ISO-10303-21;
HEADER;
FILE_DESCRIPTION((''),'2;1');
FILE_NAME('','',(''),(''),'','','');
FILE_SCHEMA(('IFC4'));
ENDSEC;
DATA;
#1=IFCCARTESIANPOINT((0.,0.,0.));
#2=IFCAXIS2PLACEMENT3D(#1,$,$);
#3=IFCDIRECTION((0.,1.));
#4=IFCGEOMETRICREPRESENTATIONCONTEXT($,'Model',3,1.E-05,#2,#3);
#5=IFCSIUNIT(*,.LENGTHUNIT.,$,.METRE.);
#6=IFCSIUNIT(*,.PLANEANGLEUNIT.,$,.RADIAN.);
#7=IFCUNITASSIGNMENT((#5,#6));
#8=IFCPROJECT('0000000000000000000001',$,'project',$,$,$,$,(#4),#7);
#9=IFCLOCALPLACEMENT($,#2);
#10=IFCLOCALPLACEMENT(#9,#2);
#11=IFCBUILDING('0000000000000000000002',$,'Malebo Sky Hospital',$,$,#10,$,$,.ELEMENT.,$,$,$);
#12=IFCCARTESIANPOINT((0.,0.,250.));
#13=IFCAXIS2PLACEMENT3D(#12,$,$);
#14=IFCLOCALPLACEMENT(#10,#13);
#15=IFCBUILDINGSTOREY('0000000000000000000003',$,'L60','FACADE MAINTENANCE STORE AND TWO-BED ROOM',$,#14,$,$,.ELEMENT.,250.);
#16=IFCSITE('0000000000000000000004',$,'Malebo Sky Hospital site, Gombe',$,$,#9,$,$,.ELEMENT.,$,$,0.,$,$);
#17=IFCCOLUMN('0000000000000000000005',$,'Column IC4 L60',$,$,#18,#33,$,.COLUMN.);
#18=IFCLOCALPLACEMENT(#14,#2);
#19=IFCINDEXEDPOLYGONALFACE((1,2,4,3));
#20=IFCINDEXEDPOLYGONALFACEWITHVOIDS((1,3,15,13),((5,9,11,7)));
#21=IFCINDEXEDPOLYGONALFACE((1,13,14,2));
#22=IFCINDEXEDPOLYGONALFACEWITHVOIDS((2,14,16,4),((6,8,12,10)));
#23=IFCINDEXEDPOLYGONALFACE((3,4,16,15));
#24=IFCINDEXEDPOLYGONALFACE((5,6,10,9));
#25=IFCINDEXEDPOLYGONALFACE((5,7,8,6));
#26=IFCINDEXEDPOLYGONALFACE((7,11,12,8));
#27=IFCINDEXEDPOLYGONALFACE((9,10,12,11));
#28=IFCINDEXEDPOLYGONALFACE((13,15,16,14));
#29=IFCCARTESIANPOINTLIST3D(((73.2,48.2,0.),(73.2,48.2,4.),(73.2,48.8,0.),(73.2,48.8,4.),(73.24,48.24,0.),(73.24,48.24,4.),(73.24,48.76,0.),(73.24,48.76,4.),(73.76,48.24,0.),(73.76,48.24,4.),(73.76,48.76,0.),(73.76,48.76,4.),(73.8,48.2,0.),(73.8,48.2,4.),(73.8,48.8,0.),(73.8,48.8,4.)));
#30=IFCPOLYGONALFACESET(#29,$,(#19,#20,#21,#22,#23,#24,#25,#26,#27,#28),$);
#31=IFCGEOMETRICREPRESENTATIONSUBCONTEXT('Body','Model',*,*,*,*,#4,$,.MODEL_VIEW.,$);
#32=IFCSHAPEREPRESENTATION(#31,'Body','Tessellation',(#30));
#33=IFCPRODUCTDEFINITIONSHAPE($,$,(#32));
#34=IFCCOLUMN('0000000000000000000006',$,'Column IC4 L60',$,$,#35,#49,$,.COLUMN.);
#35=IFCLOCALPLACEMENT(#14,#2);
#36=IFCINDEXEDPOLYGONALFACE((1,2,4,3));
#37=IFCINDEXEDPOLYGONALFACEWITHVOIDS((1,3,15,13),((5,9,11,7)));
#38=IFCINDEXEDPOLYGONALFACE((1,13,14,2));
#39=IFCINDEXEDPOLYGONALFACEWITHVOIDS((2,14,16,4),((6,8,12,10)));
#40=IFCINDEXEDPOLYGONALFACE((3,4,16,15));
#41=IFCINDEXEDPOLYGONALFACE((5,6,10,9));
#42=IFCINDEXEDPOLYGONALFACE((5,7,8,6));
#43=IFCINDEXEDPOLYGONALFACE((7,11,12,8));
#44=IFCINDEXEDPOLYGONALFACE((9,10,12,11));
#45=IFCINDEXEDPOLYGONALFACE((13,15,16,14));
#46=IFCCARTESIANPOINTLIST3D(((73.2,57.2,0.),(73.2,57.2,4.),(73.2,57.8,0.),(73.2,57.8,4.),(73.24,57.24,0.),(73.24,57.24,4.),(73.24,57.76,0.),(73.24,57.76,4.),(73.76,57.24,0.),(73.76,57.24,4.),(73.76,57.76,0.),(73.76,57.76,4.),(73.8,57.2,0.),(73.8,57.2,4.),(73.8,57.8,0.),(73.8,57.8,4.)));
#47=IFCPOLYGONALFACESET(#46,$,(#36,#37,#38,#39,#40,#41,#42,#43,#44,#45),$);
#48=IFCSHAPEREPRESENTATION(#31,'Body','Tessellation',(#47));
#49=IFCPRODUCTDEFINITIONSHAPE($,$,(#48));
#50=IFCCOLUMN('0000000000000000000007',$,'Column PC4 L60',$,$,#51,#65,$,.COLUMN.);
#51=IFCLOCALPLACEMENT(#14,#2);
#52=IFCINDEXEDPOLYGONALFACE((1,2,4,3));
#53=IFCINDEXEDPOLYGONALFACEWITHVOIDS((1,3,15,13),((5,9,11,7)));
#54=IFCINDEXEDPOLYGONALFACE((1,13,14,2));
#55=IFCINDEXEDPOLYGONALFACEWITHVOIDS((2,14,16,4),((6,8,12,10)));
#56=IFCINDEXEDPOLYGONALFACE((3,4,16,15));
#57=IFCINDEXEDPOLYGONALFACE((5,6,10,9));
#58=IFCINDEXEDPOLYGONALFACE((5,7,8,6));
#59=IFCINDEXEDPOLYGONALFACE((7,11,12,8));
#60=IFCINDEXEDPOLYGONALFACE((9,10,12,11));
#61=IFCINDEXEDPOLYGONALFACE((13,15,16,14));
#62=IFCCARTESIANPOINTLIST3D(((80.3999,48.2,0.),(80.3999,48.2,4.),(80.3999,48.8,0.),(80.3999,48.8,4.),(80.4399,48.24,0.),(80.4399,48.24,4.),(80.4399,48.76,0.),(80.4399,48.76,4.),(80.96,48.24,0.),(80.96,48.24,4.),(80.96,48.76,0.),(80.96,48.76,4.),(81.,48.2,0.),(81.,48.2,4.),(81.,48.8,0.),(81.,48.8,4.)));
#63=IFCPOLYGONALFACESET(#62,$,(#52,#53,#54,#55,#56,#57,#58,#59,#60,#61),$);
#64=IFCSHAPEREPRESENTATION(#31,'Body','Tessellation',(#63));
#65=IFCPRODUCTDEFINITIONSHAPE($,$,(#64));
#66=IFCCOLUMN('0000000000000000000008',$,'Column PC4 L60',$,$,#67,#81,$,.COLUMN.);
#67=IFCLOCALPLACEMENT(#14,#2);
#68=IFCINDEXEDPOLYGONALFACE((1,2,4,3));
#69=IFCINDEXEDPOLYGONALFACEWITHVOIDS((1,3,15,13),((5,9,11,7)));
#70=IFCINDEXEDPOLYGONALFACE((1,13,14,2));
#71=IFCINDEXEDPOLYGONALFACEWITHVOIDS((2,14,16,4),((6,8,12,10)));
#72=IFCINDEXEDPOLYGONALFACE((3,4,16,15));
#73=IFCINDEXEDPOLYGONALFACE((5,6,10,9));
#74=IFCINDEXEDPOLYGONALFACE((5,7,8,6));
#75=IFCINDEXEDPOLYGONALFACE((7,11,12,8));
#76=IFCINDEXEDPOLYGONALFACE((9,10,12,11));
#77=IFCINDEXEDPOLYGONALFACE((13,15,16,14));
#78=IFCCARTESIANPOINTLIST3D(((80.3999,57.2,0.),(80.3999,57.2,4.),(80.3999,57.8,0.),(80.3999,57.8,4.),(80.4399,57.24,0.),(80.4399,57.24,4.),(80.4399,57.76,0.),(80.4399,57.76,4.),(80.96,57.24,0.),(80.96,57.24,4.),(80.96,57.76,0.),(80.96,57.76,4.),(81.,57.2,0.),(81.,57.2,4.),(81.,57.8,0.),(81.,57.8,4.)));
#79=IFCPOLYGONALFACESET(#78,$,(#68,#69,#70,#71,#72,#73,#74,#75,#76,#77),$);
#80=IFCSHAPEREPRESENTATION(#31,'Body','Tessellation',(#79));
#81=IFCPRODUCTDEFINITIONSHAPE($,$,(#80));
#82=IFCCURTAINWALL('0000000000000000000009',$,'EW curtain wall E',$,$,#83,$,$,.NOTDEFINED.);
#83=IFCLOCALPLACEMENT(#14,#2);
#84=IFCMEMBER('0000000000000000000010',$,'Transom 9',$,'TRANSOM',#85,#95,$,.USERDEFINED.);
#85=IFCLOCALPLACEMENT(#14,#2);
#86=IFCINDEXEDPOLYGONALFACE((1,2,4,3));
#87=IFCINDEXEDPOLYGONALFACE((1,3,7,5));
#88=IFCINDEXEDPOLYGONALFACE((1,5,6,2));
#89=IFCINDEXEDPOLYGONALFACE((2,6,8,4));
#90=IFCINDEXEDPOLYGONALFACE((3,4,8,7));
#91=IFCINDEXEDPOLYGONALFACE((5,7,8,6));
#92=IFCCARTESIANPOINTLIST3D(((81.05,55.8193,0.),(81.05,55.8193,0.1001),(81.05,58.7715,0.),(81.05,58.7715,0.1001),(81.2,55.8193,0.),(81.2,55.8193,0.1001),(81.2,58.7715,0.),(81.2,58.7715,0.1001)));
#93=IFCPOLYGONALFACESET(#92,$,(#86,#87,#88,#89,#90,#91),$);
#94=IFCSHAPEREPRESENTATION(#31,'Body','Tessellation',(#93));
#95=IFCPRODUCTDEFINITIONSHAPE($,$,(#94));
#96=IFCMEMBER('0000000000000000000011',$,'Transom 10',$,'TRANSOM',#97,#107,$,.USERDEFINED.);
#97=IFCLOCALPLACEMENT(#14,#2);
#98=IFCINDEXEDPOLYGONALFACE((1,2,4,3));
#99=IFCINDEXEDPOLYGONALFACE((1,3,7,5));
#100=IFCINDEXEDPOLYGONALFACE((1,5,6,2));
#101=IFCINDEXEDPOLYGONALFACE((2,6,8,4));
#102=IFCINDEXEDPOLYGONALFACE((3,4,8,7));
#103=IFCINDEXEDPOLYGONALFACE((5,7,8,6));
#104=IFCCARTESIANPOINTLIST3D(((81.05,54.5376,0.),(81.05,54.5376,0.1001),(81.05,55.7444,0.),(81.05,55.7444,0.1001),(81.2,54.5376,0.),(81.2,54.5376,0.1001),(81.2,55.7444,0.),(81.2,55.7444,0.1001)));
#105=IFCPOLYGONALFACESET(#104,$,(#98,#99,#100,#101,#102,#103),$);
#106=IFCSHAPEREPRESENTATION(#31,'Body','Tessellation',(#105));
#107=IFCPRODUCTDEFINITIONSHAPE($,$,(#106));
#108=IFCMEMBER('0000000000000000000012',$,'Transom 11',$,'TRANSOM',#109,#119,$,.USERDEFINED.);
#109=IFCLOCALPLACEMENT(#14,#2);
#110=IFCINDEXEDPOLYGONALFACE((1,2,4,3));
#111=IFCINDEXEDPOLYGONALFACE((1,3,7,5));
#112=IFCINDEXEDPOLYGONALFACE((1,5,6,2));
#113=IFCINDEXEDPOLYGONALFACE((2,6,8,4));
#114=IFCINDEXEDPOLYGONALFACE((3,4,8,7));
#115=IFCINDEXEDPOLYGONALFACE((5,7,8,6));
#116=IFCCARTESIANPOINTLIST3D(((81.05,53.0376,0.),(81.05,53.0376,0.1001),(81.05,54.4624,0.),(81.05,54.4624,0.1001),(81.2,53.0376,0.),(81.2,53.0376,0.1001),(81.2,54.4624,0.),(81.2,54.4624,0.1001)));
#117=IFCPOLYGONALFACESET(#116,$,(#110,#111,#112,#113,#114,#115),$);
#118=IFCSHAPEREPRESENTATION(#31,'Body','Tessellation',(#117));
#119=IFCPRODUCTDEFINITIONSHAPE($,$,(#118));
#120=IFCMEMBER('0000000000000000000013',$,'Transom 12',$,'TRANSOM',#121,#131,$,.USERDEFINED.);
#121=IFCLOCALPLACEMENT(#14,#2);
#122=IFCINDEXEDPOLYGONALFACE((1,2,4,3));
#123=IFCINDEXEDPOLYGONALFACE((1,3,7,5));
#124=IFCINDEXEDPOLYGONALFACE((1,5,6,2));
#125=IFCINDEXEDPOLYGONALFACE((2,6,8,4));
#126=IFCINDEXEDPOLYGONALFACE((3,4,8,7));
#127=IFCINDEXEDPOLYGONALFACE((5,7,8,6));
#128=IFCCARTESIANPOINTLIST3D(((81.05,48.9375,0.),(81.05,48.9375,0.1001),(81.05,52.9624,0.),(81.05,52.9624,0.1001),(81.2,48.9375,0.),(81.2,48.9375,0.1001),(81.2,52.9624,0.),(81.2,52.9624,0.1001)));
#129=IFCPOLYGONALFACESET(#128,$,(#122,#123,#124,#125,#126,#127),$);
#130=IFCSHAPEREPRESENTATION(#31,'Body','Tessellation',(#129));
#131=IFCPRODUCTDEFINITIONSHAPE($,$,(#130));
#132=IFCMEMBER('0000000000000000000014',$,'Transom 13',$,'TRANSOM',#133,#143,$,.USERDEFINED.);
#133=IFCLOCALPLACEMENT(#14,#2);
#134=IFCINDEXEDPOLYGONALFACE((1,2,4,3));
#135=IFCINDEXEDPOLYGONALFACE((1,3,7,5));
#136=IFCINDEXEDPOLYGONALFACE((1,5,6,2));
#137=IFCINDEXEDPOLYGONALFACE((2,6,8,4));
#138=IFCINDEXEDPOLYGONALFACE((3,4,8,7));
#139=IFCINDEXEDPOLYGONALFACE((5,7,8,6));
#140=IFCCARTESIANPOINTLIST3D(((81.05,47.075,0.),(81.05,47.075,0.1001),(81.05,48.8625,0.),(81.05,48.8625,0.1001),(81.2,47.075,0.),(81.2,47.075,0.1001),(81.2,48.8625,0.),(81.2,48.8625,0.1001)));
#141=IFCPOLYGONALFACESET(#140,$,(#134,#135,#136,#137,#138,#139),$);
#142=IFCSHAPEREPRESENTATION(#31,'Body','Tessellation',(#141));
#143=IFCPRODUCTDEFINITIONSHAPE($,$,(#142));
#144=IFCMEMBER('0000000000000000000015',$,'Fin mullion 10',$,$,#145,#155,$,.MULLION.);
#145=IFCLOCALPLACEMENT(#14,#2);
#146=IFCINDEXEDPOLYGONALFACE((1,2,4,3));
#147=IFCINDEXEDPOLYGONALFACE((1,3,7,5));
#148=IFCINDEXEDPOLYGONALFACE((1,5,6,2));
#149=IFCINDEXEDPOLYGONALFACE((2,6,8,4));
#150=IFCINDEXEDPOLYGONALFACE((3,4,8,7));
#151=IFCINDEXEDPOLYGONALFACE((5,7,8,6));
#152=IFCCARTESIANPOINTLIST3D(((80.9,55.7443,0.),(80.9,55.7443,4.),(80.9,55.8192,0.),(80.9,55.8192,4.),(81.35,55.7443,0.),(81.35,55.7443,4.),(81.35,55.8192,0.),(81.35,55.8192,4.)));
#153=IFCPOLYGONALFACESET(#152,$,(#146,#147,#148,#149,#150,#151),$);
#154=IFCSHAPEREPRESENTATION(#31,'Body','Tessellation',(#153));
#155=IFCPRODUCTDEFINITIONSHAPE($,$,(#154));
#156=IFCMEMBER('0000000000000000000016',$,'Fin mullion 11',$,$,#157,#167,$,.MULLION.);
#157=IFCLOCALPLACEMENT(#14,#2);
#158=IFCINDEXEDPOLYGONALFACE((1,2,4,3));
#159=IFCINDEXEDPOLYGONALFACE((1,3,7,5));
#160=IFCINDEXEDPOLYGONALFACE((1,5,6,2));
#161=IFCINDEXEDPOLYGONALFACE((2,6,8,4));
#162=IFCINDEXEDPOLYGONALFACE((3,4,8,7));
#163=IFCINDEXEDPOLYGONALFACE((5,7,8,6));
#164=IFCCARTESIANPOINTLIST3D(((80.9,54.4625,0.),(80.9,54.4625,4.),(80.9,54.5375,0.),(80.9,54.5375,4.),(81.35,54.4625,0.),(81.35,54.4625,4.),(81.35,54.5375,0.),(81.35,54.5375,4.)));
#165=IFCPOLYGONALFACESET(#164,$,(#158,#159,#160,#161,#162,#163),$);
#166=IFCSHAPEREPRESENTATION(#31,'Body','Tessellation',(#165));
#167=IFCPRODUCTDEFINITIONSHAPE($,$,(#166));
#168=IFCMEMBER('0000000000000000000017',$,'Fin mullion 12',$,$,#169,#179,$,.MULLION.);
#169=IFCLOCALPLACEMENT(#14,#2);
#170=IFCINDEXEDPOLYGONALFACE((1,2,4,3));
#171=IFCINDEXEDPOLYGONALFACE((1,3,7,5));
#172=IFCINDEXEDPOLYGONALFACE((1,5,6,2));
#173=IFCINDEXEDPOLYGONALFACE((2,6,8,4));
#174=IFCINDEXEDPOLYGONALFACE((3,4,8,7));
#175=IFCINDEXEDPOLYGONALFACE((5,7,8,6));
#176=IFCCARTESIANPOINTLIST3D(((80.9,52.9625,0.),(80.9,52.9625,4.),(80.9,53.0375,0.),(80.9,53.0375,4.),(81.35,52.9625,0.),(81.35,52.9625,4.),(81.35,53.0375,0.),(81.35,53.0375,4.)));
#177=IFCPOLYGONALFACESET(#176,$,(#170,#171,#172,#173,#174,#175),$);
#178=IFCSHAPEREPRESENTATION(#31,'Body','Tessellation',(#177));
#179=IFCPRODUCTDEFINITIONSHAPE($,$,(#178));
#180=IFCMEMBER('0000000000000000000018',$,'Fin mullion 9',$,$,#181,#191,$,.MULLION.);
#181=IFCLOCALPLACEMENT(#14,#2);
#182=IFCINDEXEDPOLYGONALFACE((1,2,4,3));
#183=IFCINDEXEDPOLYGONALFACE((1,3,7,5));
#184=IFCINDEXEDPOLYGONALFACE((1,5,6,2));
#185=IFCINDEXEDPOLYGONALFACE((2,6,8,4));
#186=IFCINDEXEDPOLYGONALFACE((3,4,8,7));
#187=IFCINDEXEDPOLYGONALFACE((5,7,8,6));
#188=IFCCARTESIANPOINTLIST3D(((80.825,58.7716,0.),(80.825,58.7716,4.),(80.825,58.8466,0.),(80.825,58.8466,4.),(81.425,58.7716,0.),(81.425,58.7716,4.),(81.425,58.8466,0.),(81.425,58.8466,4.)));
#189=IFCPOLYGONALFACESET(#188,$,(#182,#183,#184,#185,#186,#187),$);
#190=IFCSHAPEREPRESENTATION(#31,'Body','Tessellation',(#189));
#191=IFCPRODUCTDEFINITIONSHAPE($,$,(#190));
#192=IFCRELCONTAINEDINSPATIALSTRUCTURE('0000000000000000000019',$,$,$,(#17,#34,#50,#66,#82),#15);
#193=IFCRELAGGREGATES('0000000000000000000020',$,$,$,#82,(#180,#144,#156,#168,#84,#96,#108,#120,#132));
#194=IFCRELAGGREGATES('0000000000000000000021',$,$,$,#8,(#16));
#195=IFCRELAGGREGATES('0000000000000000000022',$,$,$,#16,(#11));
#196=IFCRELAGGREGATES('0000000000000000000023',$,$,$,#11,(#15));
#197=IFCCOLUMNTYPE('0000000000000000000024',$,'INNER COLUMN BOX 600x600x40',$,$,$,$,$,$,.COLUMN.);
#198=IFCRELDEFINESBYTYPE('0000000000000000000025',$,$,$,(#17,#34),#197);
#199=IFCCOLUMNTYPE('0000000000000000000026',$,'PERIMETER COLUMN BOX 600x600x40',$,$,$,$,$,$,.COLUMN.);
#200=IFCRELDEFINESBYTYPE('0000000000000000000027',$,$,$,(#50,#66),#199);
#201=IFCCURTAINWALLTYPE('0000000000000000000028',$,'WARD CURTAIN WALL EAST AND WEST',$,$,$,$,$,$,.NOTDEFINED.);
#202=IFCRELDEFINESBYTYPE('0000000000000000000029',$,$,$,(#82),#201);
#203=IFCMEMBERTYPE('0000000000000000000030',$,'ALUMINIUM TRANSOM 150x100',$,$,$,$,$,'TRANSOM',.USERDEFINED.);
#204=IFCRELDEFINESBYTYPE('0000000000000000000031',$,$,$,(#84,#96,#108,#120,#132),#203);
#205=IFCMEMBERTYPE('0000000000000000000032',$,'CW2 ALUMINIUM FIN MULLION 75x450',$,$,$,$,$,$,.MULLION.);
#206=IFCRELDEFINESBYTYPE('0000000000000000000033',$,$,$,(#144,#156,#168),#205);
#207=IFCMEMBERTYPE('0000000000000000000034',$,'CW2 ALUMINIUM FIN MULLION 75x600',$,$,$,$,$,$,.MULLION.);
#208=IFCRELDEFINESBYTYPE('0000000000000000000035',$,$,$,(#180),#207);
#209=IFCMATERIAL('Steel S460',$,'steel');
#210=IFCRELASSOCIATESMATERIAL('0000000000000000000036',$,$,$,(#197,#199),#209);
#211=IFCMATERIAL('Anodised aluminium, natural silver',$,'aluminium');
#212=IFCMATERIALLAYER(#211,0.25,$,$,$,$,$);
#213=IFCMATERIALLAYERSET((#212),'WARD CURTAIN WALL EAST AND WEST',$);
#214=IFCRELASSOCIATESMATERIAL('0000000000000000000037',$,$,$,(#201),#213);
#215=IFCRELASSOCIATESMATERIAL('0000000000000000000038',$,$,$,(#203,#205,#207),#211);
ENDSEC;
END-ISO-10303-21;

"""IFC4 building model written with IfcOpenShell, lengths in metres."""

from ifc_helpers import new_model, si_unit, direction, frame, origin, origin_2d, place, context, subcontext, project, spatial, rectangle, hollow_rectangle, extrude, material, layer, layer_set, material_profile, profile_set, type_object, element, aggregate, save


model = new_model("IFC4")

# Units and contexts
model_context = context("Model", 3, precision=1e-05, world=origin(), true_north=direction((0.0, 1.0)))
body_context = subcontext(model_context, "Body", "Model", "MODEL_VIEW")
ifc_project = project(units=[si_unit("LENGTHUNIT", "METRE"), si_unit("PLANEANGLEUNIT", "RADIAN")], contexts=[model_context])

# Site, building, storey
site_placement = place(None, origin())
site = spatial("IfcSite", under=ifc_project, at=site_placement, Name="Malebo Sky Hospital site, Gombe", CompositionType="ELEMENT", RefElevation=0.0)
building_placement = place(site_placement, origin())
building = spatial("IfcBuilding", under=site, at=building_placement, Name="Malebo Sky Hospital", CompositionType="ELEMENT")
storey_placement = place(building_placement, frame((0.0, 0.0, 250.0)))
storey = spatial("IfcBuildingStorey", under=building, at=storey_placement, Name="L60", Description="FACADE MAINTENANCE STORE AND TWO-BED ROOM", CompositionType="ELEMENT", Elevation=250.0)

# Columns
ifc_material_1 = material(Name="Steel S460", Category="steel")
ifc_material_profile_1 = material_profile(ifc_material_1, hollow_rectangle(XDim=0.6001, YDim=0.6001, WallThickness=0.04, at=origin_2d()), Name="BOX 600x600x40")
ifc_profile_set_1 = profile_set([ifc_material_profile_1], Name="Steel S460")
column_type_1 = type_object("IfcColumnType", Name="INNER COLUMN BOX 600x600x40", PredefinedType="COLUMN", material=ifc_profile_set_1)
for number, where, z_axis, x_axis, name in (
    (1, (73.5, 48.5, 0.0), (0.0, 0.0, 1.0), (1.0, 0.0, 0.0), "Column IC4 L60"),
    (2, (73.5, 57.5, 0.0), (0.0, 0.0, 1.0), (1.0, 0.0, 0.0), "Column IC4 L60"),
):
    element("IfcColumn", number, at=place(storey_placement, frame(where, z_axis=z_axis, x_axis=x_axis)), inside=storey, type_object=column_type_1, Name=name, PredefinedType="COLUMN", context=body_context, shape_type="SweptSolid", body=[
        extrude(hollow_rectangle(XDim=0.6001, YDim=0.6001, WallThickness=0.04, at=origin_2d()), origin(), (0.0, 0.0, 1.0), 4.0),
    ])
ifc_material_profile_2 = material_profile(ifc_material_1, hollow_rectangle(XDim=0.6001, YDim=0.6001, WallThickness=0.04, at=origin_2d()), Name="BOX 600x600x40")
ifc_profile_set_2 = profile_set([ifc_material_profile_2], Name="Steel S460")
column_type_2 = type_object("IfcColumnType", Name="PERIMETER COLUMN BOX 600x600x40", PredefinedType="COLUMN", material=ifc_profile_set_2)
for number, where, z_axis, x_axis, name in (
    (3, (80.7, 48.5, 0.0), (0.0, 0.0, 1.0), (1.0, 0.0, 0.0), "Column PC4 L60"),
    (4, (80.7, 57.5, 0.0), (0.0, 0.0, 1.0), (1.0, 0.0, 0.0), "Column PC4 L60"),
):
    element("IfcColumn", number, at=place(storey_placement, frame(where, z_axis=z_axis, x_axis=x_axis)), inside=storey, type_object=column_type_2, Name=name, PredefinedType="COLUMN", context=body_context, shape_type="SweptSolid", body=[
        extrude(hollow_rectangle(XDim=0.6001, YDim=0.6001, WallThickness=0.04, at=origin_2d()), origin(), (0.0, 0.0, 1.0), 4.0),
    ])

# Curtain wall, members
ifc_material_2 = material(Name="Anodised aluminium, natural silver", Category="aluminium")
ifc_layer_1 = layer(ifc_material_2, 0.25)
ifc_layer_set_1 = layer_set([ifc_layer_1], Name="WARD CURTAIN WALL EAST AND WEST")
curtain_wall_type = type_object("IfcCurtainWallType", Name="WARD CURTAIN WALL EAST AND WEST", PredefinedType="NOTDEFINED", material=ifc_layer_set_1)
curtain_wall_placement = place(storey_placement, origin())
curtain_wall = element("IfcCurtainWall", 5, at=curtain_wall_placement, inside=storey, type_object=curtain_wall_type, Name="EW curtain wall E", PredefinedType="NOTDEFINED")
ifc_material_profile_3 = material_profile(ifc_material_2, rectangle(XDim=0.1499, YDim=0.1001, at=origin_2d()), Name="ALUMINIUM TRANSOM 150x100")
ifc_profile_set_3 = profile_set([ifc_material_profile_3], Name="Anodised aluminium, natural silver")
member_type_1 = type_object("IfcMemberType", Name="ALUMINIUM TRANSOM 150x100", ElementType="TRANSOM", PredefinedType="USERDEFINED", material=ifc_profile_set_3)
member_1_placement = place(storey_placement, frame((81.125, 58.7715, 0.05), z_axis=(0.0, -1.0, 0.0), x_axis=(1.0, 0.0, 0.0)))
member_1 = element("IfcMember", 6, at=member_1_placement, type_object=member_type_1, Name="Transom 9", ObjectType="TRANSOM", PredefinedType="USERDEFINED", context=body_context, shape_type="SweptSolid", body=[
    extrude(rectangle(XDim=0.1499, YDim=0.1001, at=origin_2d()), origin(), (0.0, 0.0, 1.0), 2.9521),
])
member_2_placement = place(storey_placement, frame((81.125, 55.7444, 0.05), z_axis=(0.0, -1.0, 0.0), x_axis=(1.0, 0.0, 0.0)))
member_2 = element("IfcMember", 7, at=member_2_placement, type_object=member_type_1, Name="Transom 10", ObjectType="TRANSOM", PredefinedType="USERDEFINED", context=body_context, shape_type="SweptSolid", body=[
    extrude(rectangle(XDim=0.1499, YDim=0.1001, at=origin_2d()), origin(), (0.0, 0.0, 1.0), 1.2068),
])
member_3_placement = place(storey_placement, frame((81.125, 54.4624, 0.05), z_axis=(0.0, -1.0, 0.0), x_axis=(1.0, 0.0, 0.0)))
member_3 = element("IfcMember", 8, at=member_3_placement, type_object=member_type_1, Name="Transom 11", ObjectType="TRANSOM", PredefinedType="USERDEFINED", context=body_context, shape_type="SweptSolid", body=[
    extrude(rectangle(XDim=0.1499, YDim=0.1001, at=origin_2d()), origin(), (0.0, 0.0, 1.0), 1.4248),
])
member_4_placement = place(storey_placement, frame((81.125, 52.9624, 0.05), z_axis=(0.0, -1.0, 0.0), x_axis=(1.0, 0.0, 0.0)))
member_4 = element("IfcMember", 9, at=member_4_placement, type_object=member_type_1, Name="Transom 12", ObjectType="TRANSOM", PredefinedType="USERDEFINED", context=body_context, shape_type="SweptSolid", body=[
    extrude(rectangle(XDim=0.1499, YDim=0.1001, at=origin_2d()), origin(), (0.0, 0.0, 1.0), 4.0249),
])
member_5_placement = place(storey_placement, frame((81.125, 48.8625, 0.05), z_axis=(0.0, -1.0, 0.0), x_axis=(1.0, 0.0, 0.0)))
member_5 = element("IfcMember", 10, at=member_5_placement, type_object=member_type_1, Name="Transom 13", ObjectType="TRANSOM", PredefinedType="USERDEFINED", context=body_context, shape_type="SweptSolid", body=[
    extrude(rectangle(XDim=0.1499, YDim=0.1001, at=origin_2d()), origin(), (0.0, 0.0, 1.0), 1.7876),
])
ifc_material_profile_4 = material_profile(ifc_material_2, rectangle(XDim=0.075, YDim=0.45, at=origin_2d()), Name="CW2 ALUMINIUM FIN MULLION 75x450")
ifc_profile_set_4 = profile_set([ifc_material_profile_4], Name="Anodised aluminium, natural silver")
member_type_2 = type_object("IfcMemberType", Name="CW2 ALUMINIUM FIN MULLION 75x450", PredefinedType="MULLION", material=ifc_profile_set_4)
member_6_placement = place(storey_placement, frame((81.125, 55.7817, 0.0), z_axis=(0.0, 0.0, 1.0), x_axis=(0.0, -1.0, 0.0)))
member_6 = element("IfcMember", 11, at=member_6_placement, type_object=member_type_2, Name="Fin mullion 10", PredefinedType="MULLION", context=body_context, shape_type="SweptSolid", body=[
    extrude(rectangle(XDim=0.075, YDim=0.45, at=origin_2d()), origin(), (0.0, 0.0, 1.0), 4.0),
])
member_7_placement = place(storey_placement, frame((81.125, 54.5, 0.0), z_axis=(0.0, 0.0, 1.0), x_axis=(0.0, -1.0, 0.0)))
member_7 = element("IfcMember", 12, at=member_7_placement, type_object=member_type_2, Name="Fin mullion 11", PredefinedType="MULLION", context=body_context, shape_type="SweptSolid", body=[
    extrude(rectangle(XDim=0.075, YDim=0.45, at=origin_2d()), origin(), (0.0, 0.0, 1.0), 4.0),
])
member_8_placement = place(storey_placement, frame((81.125, 53.0, 0.0), z_axis=(0.0, 0.0, 1.0), x_axis=(0.0, -1.0, 0.0)))
member_8 = element("IfcMember", 13, at=member_8_placement, type_object=member_type_2, Name="Fin mullion 12", PredefinedType="MULLION", context=body_context, shape_type="SweptSolid", body=[
    extrude(rectangle(XDim=0.075, YDim=0.45, at=origin_2d()), origin(), (0.0, 0.0, 1.0), 4.0),
])
ifc_material_profile_5 = material_profile(ifc_material_2, rectangle(XDim=0.075, YDim=0.6001, at=origin_2d()), Name="CW2 ALUMINIUM FIN MULLION 75x600")
ifc_profile_set_5 = profile_set([ifc_material_profile_5], Name="Anodised aluminium, natural silver")
member_type_3 = type_object("IfcMemberType", Name="CW2 ALUMINIUM FIN MULLION 75x600", PredefinedType="MULLION", material=ifc_profile_set_5)
member_9_placement = place(storey_placement, frame((81.125, 58.8091, 0.0), z_axis=(0.0, 0.0, 1.0), x_axis=(0.0, -1.0, 0.0)))
member_9 = element("IfcMember", 14, at=member_9_placement, type_object=member_type_3, Name="Fin mullion 9", PredefinedType="MULLION", context=body_context, shape_type="SweptSolid", body=[
    extrude(rectangle(XDim=0.075, YDim=0.6001, at=origin_2d()), origin(), (0.0, 0.0, 1.0), 4.0),
])

aggregate(curtain_wall, [member_9, member_6, member_7, member_8, member_1, member_2, member_3, member_4, member_5])

save(model, "model.ifc")
